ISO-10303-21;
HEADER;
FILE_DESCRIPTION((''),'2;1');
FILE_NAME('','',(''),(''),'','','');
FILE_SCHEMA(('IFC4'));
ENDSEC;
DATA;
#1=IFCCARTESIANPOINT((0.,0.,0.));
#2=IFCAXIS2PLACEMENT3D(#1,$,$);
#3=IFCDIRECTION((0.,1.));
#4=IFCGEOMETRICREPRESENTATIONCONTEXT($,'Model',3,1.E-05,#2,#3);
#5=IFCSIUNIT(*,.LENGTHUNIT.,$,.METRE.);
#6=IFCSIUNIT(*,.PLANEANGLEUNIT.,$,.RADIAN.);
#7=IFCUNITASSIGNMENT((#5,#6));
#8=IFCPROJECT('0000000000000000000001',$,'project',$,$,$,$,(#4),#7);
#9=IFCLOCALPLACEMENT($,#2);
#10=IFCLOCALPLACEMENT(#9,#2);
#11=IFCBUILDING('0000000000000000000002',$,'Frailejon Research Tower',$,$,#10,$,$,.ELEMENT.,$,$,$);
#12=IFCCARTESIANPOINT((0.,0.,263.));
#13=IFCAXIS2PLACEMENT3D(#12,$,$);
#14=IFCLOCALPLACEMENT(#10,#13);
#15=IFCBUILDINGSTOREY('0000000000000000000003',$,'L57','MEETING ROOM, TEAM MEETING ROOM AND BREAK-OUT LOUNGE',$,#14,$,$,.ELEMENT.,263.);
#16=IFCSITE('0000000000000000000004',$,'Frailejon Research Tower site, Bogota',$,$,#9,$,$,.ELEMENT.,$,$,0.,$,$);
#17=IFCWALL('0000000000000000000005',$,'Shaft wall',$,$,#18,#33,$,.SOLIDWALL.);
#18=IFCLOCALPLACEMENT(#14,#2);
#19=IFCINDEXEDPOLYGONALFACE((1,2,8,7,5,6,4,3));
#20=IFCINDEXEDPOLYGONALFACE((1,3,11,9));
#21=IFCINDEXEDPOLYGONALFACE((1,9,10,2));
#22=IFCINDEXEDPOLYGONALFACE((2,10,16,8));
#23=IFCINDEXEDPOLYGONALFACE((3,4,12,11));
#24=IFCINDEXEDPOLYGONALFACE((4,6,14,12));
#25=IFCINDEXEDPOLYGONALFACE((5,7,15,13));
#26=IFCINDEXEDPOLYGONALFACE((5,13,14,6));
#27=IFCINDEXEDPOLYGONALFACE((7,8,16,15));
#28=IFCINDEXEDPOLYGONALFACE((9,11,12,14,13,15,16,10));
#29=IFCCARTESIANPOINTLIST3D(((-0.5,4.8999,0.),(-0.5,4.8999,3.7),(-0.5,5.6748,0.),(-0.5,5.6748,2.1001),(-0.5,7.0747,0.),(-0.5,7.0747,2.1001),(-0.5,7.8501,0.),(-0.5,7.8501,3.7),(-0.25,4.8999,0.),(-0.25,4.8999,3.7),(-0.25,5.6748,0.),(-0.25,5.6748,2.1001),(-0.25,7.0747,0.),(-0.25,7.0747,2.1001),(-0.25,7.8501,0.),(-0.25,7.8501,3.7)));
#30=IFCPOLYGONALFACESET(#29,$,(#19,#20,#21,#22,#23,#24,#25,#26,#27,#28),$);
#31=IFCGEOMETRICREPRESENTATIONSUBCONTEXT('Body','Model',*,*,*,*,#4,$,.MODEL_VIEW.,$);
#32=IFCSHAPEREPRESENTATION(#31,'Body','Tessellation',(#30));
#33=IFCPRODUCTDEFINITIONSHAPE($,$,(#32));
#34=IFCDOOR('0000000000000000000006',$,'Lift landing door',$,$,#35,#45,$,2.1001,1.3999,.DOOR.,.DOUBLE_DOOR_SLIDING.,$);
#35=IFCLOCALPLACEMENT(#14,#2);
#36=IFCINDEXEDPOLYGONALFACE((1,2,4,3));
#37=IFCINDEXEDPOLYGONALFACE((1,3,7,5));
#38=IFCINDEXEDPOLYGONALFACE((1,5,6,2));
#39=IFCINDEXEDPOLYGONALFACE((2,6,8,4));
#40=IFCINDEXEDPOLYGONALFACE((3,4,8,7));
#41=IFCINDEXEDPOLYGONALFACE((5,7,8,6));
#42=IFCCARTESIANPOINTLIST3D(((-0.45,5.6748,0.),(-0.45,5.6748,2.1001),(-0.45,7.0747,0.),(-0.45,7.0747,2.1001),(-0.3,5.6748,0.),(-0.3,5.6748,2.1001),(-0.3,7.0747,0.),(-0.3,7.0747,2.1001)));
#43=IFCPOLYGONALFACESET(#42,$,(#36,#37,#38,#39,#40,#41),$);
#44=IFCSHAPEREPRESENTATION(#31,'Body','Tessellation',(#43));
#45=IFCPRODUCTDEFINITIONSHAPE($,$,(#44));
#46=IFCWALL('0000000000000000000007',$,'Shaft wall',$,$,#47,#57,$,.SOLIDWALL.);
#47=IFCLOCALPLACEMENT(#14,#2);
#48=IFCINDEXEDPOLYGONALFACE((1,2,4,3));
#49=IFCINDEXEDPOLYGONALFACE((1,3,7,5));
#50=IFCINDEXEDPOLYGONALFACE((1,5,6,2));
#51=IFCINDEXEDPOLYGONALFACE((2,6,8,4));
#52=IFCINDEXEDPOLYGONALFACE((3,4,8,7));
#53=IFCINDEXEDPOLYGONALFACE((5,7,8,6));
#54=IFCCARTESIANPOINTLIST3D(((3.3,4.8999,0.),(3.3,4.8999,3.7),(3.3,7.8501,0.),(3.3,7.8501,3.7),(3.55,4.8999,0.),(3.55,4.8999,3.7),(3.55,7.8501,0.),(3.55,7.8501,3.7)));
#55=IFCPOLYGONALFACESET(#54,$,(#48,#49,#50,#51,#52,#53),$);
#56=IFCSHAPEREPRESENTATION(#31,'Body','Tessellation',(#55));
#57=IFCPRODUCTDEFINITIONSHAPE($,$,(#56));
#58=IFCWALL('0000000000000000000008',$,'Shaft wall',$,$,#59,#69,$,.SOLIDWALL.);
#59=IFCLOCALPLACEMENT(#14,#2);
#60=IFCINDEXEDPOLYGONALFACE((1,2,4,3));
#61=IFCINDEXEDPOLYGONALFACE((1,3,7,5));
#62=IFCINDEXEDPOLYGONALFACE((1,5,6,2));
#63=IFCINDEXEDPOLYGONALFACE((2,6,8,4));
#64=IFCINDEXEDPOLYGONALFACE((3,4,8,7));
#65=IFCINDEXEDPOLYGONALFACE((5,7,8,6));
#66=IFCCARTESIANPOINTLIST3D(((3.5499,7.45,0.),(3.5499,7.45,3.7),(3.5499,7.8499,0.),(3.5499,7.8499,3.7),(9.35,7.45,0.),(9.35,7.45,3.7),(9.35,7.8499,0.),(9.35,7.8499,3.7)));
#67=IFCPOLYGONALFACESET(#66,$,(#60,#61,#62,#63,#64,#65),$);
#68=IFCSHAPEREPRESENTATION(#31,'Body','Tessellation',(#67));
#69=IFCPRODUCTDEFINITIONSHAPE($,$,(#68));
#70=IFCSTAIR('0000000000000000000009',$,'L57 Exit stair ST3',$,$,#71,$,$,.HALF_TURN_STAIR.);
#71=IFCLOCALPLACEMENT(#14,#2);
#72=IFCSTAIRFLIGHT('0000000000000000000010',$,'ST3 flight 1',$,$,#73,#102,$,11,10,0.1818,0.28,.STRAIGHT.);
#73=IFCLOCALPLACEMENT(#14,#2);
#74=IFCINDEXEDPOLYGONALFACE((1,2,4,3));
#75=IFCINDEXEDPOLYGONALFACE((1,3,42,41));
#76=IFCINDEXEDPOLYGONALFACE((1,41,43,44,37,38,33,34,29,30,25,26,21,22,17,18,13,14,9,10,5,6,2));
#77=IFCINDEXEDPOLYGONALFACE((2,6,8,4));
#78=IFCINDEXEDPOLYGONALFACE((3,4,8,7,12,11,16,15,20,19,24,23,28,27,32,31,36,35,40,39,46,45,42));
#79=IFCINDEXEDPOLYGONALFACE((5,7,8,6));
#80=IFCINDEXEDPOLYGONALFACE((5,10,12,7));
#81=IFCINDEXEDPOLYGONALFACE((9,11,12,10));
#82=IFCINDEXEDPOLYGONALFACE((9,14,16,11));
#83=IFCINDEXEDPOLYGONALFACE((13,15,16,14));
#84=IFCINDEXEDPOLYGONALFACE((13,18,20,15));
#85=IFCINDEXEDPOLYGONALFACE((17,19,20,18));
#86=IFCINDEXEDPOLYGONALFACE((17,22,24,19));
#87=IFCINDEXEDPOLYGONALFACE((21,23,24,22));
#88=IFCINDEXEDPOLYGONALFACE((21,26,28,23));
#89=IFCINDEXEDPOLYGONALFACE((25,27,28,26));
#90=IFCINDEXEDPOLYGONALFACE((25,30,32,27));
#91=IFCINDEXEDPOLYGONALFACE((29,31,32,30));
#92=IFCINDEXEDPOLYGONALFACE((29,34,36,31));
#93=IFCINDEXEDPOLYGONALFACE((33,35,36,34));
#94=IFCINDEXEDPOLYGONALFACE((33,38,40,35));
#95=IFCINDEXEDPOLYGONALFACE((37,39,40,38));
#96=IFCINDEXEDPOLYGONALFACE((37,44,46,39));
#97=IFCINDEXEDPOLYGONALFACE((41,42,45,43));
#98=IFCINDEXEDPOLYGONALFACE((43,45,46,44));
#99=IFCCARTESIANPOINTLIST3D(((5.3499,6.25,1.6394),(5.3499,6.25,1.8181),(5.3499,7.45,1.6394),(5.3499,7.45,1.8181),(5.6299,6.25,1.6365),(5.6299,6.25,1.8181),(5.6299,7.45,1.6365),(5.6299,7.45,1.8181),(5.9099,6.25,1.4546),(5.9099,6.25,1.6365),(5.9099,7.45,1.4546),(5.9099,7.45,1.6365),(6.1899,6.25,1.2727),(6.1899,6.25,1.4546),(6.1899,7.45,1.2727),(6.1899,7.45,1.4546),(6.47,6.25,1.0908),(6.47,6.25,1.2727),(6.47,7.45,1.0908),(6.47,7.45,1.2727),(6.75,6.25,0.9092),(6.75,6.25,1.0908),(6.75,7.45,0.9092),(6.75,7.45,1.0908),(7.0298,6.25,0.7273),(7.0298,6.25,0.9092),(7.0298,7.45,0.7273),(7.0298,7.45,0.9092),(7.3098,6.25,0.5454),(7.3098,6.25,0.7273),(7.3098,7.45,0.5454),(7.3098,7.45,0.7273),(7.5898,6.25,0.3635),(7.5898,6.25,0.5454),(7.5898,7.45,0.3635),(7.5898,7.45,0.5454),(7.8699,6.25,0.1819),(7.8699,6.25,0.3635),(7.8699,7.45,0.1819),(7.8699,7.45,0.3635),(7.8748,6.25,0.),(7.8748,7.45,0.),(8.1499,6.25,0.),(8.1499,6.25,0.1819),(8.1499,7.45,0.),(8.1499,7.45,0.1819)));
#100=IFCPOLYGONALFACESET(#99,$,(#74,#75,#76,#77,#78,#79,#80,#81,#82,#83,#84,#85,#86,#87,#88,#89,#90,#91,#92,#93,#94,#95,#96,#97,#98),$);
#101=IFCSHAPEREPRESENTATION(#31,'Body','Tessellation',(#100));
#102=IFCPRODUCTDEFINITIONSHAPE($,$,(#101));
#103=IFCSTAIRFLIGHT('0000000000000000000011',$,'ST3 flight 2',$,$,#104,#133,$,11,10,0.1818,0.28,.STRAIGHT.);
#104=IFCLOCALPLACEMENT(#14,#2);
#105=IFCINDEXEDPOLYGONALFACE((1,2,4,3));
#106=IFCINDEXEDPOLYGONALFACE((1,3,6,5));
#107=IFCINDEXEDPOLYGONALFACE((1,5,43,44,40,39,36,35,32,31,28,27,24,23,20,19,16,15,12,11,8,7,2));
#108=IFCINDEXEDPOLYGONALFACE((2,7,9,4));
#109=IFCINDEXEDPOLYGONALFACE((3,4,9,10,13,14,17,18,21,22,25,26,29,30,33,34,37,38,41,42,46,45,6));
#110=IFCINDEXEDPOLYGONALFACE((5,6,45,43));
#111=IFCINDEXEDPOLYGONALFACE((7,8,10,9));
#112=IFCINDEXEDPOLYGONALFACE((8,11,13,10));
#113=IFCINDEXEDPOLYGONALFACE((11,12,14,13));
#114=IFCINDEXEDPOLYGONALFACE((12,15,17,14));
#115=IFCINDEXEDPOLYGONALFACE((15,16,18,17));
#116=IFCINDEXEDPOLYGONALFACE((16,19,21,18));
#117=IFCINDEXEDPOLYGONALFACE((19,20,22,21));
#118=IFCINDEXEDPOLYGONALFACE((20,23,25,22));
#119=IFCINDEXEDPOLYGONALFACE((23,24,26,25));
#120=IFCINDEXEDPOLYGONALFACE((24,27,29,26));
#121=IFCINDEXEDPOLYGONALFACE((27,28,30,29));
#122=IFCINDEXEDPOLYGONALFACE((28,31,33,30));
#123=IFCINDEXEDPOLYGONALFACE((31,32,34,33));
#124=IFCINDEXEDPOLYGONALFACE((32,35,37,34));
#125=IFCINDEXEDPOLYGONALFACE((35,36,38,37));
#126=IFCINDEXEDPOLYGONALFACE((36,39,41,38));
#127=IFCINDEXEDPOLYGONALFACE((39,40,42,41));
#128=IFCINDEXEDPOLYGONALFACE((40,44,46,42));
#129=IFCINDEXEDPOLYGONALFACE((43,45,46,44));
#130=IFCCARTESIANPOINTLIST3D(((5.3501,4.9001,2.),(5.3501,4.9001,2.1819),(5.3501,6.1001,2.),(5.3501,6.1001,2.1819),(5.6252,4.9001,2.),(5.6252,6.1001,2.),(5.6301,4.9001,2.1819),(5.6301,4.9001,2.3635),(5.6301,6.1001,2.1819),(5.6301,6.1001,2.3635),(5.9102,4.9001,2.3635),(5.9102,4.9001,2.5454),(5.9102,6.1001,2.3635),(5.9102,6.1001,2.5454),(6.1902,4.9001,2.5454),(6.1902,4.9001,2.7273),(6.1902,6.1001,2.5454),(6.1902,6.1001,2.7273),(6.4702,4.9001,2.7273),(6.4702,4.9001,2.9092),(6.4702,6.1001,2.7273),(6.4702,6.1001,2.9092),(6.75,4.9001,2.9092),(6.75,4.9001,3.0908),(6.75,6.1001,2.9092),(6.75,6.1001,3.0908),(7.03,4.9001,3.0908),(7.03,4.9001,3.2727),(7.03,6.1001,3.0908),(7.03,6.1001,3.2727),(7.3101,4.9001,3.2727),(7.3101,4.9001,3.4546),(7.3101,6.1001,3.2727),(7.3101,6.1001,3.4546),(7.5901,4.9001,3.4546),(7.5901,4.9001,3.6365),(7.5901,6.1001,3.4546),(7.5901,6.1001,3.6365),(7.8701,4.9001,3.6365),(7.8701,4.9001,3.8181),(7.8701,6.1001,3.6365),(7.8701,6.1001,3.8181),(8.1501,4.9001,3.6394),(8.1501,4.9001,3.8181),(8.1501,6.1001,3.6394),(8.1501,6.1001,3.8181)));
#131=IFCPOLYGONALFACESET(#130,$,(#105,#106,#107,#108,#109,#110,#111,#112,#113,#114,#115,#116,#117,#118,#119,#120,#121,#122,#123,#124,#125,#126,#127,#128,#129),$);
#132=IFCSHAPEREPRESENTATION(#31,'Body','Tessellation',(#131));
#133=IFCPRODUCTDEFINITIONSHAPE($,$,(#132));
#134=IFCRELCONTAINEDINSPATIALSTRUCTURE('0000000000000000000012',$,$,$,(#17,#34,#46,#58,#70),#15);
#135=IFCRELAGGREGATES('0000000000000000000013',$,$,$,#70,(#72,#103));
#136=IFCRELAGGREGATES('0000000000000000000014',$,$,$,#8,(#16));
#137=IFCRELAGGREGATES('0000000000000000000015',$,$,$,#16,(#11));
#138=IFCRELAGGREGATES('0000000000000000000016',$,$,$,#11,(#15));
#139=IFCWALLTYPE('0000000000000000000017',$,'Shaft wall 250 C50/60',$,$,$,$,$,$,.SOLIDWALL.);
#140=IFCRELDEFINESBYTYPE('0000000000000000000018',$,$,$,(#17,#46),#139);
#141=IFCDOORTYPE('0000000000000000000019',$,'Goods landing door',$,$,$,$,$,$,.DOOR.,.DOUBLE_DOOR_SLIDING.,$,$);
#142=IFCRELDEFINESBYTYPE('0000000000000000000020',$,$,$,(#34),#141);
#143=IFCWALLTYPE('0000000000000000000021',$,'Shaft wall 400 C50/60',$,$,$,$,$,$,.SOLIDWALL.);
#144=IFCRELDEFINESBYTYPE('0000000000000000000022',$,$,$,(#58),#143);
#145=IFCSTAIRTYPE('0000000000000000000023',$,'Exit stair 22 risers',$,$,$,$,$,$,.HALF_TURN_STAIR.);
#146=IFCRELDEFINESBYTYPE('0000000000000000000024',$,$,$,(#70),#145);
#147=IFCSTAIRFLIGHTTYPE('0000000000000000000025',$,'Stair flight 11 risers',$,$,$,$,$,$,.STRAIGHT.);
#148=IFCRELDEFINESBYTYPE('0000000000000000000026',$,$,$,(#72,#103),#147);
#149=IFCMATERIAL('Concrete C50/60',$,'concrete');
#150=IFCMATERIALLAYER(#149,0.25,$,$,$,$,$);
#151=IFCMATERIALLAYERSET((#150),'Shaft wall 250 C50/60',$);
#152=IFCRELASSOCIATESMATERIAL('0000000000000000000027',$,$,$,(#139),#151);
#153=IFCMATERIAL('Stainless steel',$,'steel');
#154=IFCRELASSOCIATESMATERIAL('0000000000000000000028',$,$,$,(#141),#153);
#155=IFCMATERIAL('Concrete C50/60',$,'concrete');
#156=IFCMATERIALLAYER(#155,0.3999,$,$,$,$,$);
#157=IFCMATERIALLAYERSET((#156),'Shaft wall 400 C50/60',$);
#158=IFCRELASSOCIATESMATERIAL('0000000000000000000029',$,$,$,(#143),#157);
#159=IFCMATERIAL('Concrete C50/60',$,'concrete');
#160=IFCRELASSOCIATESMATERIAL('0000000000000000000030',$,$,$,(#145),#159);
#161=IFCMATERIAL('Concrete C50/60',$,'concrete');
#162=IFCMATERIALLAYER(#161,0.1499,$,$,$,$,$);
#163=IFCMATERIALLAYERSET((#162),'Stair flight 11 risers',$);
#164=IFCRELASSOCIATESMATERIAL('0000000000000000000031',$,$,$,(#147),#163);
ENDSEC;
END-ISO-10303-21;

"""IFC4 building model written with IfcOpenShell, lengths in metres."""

from ifc_helpers import new_model, si_unit, direction, frame, frame_2d, origin, place, context, subcontext, project, spatial, polyline, rectangle, outline, extrude, material, layer, layer_set, type_object, element, fill, aggregate, save


model = new_model("IFC4")

# Units and contexts
model_context = context("Model", 3, precision=1e-05, world=origin(), true_north=direction((0.0, 1.0)))
body_context = subcontext(model_context, "Body", "Model", "MODEL_VIEW")
ifc_project = project(units=[si_unit("LENGTHUNIT", "METRE"), si_unit("PLANEANGLEUNIT", "RADIAN")], contexts=[model_context])

# Site, building, storey
site_placement = place(None, origin())
site = spatial("IfcSite", under=ifc_project, at=site_placement, Name="Frailejon Research Tower site, Bogota", CompositionType="ELEMENT", RefElevation=0.0)
building_placement = place(site_placement, origin())
building = spatial("IfcBuilding", under=site, at=building_placement, Name="Frailejon Research Tower", CompositionType="ELEMENT")
storey_placement = place(building_placement, frame((0.0, 0.0, 263.0)))
storey = spatial("IfcBuildingStorey", under=building, at=storey_placement, Name="L57", Description="MEETING ROOM, TEAM MEETING ROOM AND BREAK-OUT LOUNGE", CompositionType="ELEMENT", Elevation=263.0)

# Wall, opening, door
ifc_material_1 = material(Name="Concrete C50/60", Category="concrete")
ifc_layer_1 = layer(ifc_material_1, 0.25)
ifc_layer_set_1 = layer_set([ifc_layer_1], Name="Shaft wall 250 C50/60")
wall_type_1 = type_object("IfcWallType", Name="Shaft wall 250 C50/60", PredefinedType="SOLIDWALL", material=ifc_layer_set_1)
wall_1_placement = place(storey_placement, frame((-0.375, 4.8999, 0.0), z_axis=(0.0, 0.0, 1.0), x_axis=(0.0, 1.0, 0.0)))
wall_1 = element("IfcWall", 1, at=wall_1_placement, inside=storey, type_object=wall_type_1, Name="Shaft wall", PredefinedType="SOLIDWALL", context=body_context, shape_type="SweptSolid", body=[
    extrude(rectangle(XDim=2.9502, YDim=0.25, at=frame_2d((1.4751, 0.0))), origin(), (0.0, 0.0, 1.0), 3.7),
])
opening_1_placement = place(wall_1_placement, frame((0.7749, 0.0, 0.0)))
opening_1 = element("IfcOpeningElement", 2, at=opening_1_placement, cuts=wall_1, PredefinedType="OPENING", context=body_context, shape_type="SweptSolid", body=[
    extrude(rectangle(XDim=1.3999, YDim=2.1001, at=frame_2d((0.7, 1.05))), frame((0.0, 0.135, 0.0), z_axis=(0.0, -1.0, 0.0), x_axis=(1.0, 0.0, 0.0)), (0.0, 0.0, 1.0), 0.27),
])
ifc_material_2 = material(Name="Stainless steel", Category="steel")
door_type_1 = type_object("IfcDoorType", Name="Goods landing door", OperationType="DOUBLE_DOOR_SLIDING", PredefinedType="DOOR", material=ifc_material_2)
door_1_placement = place(opening_1_placement, origin())
door_1 = element("IfcDoor", 3, at=door_1_placement, inside=storey, type_object=door_type_1, Name="Lift landing door", OperationType="DOUBLE_DOOR_SLIDING", OverallHeight=2.1001, OverallWidth=1.3999, PredefinedType="DOOR", context=body_context, shape_type="SweptSolid", body=[
    extrude(rectangle(XDim=1.3999, YDim=2.1001, at=frame_2d((0.7, 1.05))), frame((0.0, 0.075, 0.0), z_axis=(0.0, -1.0, 0.0), x_axis=(1.0, 0.0, 0.0)), (0.0, 0.0, 1.0), 0.1499),
])
fill(opening_1, door_1)

# Walls
wall_2_placement = place(storey_placement, frame((3.425, 4.8999, 0.0), z_axis=(0.0, 0.0, 1.0), x_axis=(0.0, 1.0, 0.0)))
element("IfcWall", 4, at=wall_2_placement, inside=storey, type_object=wall_type_1, Name="Shaft wall", PredefinedType="SOLIDWALL", context=body_context, shape_type="SweptSolid", body=[
    extrude(rectangle(XDim=2.9502, YDim=0.25, at=frame_2d((1.4751, 0.0))), origin(), (0.0, 0.0, 1.0), 3.7),
])
ifc_material_3 = material(Name="Concrete C50/60", Category="concrete")
ifc_layer_2 = layer(ifc_material_3, 0.3999)
ifc_layer_set_2 = layer_set([ifc_layer_2], Name="Shaft wall 400 C50/60")
wall_type_2 = type_object("IfcWallType", Name="Shaft wall 400 C50/60", PredefinedType="SOLIDWALL", material=ifc_layer_set_2)
wall_3_placement = place(storey_placement, frame((3.55, 7.6499, 0.0), z_axis=(0.0, 0.0, 1.0), x_axis=(1.0, 0.0, 0.0)))
element("IfcWall", 5, at=wall_3_placement, inside=storey, type_object=wall_type_2, Name="Shaft wall", PredefinedType="SOLIDWALL", context=body_context, shape_type="SweptSolid", body=[
    extrude(rectangle(XDim=5.8, YDim=0.3999, at=frame_2d((2.8999, 0.0))), origin(), (0.0, 0.0, 1.0), 3.7),
])

# Stair, stair flights
ifc_material_4 = material(Name="Concrete C50/60", Category="concrete")
stair_type = type_object("IfcStairType", Name="Exit stair 22 risers", PredefinedType="HALF_TURN_STAIR", material=ifc_material_4)
stair_placement = place(storey_placement, origin())
stair = element("IfcStair", 6, at=stair_placement, inside=storey, type_object=stair_type, Name="L57 Exit stair ST3", PredefinedType="HALF_TURN_STAIR")
ifc_material_5 = material(Name="Concrete C50/60", Category="concrete")
ifc_layer_3 = layer(ifc_material_5, 0.1499)
ifc_layer_set_3 = layer_set([ifc_layer_3], Name="Stair flight 11 risers")
stair_flight_type = type_object("IfcStairFlightType", Name="Stair flight 11 risers", PredefinedType="STRAIGHT", material=ifc_layer_set_3)
stair_flight_1_placement = place(storey_placement, frame((8.1499, 6.8501, 0.0), z_axis=(0.0, 0.0, 1.0), x_axis=(-1.0, 0.0, 0.0)))
stair_flight_1 = element("IfcStairFlight", 7, at=stair_flight_1_placement, type_object=stair_flight_type, Name="ST3 flight 1", NumberOfRisers=11, NumberOfTreads=10, PredefinedType="STRAIGHT", RiserHeight=0.1818, TreadLength=0.28, context=body_context, shape_type="SweptSolid", body=[
    extrude(outline(polyline([(0.0, 0.0), (0.0, 0.1819), (0.28, 0.1819), (0.28, 0.3635), (0.5601, 0.3635), (0.5601, 0.5454), (0.8401, 0.5454), (0.8401, 0.7273), (1.1201, 0.7273), (1.1201, 0.9092), (1.3999, 0.9092), (1.3999, 1.0908), (1.6799, 1.0908), (1.6799, 1.2727), (1.96, 1.2727), (1.96, 1.4546), (2.24, 1.4546), (2.24, 1.6365), (2.52, 1.6365), (2.52, 1.8181), (2.8, 1.8181), (2.8, 2.0), (2.8, 1.6394), (0.2751, 0.0), (0.0, 0.0)])), frame((0.0, 0.6001, 0.0), z_axis=(0.0, -1.0, 0.0), x_axis=(1.0, 0.0, 0.0)), (0.0, 0.0, 1.0), 1.2),
])
stair_flight_2_placement = place(storey_placement, frame((5.3501, 5.5, 2.0), z_axis=(0.0, 0.0, 1.0), x_axis=(1.0, 0.0, 0.0)))
stair_flight_2 = element("IfcStairFlight", 8, at=stair_flight_2_placement, type_object=stair_flight_type, Name="ST3 flight 2", NumberOfRisers=11, NumberOfTreads=10, PredefinedType="STRAIGHT", RiserHeight=0.1818, TreadLength=0.28, context=body_context, shape_type="SweptSolid", body=[
    extrude(outline(polyline([(0.0, 0.0), (0.0, 0.1819), (0.28, 0.1819), (0.28, 0.3635), (0.5601, 0.3635), (0.5601, 0.5454), (0.8401, 0.5454), (0.8401, 0.7273), (1.1201, 0.7273), (1.1201, 0.9092), (1.3999, 0.9092), (1.3999, 1.0908), (1.6799, 1.0908), (1.6799, 1.2727), (1.96, 1.2727), (1.96, 1.4546), (2.24, 1.4546), (2.24, 1.6365), (2.52, 1.6365), (2.52, 1.8181), (2.8, 1.8181), (2.8, 2.0), (2.8, 1.6394), (0.2751, 0.0), (0.0, 0.0)])), frame((0.0, 0.6001, 0.0), z_axis=(0.0, -1.0, 0.0), x_axis=(1.0, 0.0, 0.0)), (0.0, 0.0, 1.0), 1.2),
])
aggregate(stair, [stair_flight_1, stair_flight_2])

save(model, "model.ifc")
